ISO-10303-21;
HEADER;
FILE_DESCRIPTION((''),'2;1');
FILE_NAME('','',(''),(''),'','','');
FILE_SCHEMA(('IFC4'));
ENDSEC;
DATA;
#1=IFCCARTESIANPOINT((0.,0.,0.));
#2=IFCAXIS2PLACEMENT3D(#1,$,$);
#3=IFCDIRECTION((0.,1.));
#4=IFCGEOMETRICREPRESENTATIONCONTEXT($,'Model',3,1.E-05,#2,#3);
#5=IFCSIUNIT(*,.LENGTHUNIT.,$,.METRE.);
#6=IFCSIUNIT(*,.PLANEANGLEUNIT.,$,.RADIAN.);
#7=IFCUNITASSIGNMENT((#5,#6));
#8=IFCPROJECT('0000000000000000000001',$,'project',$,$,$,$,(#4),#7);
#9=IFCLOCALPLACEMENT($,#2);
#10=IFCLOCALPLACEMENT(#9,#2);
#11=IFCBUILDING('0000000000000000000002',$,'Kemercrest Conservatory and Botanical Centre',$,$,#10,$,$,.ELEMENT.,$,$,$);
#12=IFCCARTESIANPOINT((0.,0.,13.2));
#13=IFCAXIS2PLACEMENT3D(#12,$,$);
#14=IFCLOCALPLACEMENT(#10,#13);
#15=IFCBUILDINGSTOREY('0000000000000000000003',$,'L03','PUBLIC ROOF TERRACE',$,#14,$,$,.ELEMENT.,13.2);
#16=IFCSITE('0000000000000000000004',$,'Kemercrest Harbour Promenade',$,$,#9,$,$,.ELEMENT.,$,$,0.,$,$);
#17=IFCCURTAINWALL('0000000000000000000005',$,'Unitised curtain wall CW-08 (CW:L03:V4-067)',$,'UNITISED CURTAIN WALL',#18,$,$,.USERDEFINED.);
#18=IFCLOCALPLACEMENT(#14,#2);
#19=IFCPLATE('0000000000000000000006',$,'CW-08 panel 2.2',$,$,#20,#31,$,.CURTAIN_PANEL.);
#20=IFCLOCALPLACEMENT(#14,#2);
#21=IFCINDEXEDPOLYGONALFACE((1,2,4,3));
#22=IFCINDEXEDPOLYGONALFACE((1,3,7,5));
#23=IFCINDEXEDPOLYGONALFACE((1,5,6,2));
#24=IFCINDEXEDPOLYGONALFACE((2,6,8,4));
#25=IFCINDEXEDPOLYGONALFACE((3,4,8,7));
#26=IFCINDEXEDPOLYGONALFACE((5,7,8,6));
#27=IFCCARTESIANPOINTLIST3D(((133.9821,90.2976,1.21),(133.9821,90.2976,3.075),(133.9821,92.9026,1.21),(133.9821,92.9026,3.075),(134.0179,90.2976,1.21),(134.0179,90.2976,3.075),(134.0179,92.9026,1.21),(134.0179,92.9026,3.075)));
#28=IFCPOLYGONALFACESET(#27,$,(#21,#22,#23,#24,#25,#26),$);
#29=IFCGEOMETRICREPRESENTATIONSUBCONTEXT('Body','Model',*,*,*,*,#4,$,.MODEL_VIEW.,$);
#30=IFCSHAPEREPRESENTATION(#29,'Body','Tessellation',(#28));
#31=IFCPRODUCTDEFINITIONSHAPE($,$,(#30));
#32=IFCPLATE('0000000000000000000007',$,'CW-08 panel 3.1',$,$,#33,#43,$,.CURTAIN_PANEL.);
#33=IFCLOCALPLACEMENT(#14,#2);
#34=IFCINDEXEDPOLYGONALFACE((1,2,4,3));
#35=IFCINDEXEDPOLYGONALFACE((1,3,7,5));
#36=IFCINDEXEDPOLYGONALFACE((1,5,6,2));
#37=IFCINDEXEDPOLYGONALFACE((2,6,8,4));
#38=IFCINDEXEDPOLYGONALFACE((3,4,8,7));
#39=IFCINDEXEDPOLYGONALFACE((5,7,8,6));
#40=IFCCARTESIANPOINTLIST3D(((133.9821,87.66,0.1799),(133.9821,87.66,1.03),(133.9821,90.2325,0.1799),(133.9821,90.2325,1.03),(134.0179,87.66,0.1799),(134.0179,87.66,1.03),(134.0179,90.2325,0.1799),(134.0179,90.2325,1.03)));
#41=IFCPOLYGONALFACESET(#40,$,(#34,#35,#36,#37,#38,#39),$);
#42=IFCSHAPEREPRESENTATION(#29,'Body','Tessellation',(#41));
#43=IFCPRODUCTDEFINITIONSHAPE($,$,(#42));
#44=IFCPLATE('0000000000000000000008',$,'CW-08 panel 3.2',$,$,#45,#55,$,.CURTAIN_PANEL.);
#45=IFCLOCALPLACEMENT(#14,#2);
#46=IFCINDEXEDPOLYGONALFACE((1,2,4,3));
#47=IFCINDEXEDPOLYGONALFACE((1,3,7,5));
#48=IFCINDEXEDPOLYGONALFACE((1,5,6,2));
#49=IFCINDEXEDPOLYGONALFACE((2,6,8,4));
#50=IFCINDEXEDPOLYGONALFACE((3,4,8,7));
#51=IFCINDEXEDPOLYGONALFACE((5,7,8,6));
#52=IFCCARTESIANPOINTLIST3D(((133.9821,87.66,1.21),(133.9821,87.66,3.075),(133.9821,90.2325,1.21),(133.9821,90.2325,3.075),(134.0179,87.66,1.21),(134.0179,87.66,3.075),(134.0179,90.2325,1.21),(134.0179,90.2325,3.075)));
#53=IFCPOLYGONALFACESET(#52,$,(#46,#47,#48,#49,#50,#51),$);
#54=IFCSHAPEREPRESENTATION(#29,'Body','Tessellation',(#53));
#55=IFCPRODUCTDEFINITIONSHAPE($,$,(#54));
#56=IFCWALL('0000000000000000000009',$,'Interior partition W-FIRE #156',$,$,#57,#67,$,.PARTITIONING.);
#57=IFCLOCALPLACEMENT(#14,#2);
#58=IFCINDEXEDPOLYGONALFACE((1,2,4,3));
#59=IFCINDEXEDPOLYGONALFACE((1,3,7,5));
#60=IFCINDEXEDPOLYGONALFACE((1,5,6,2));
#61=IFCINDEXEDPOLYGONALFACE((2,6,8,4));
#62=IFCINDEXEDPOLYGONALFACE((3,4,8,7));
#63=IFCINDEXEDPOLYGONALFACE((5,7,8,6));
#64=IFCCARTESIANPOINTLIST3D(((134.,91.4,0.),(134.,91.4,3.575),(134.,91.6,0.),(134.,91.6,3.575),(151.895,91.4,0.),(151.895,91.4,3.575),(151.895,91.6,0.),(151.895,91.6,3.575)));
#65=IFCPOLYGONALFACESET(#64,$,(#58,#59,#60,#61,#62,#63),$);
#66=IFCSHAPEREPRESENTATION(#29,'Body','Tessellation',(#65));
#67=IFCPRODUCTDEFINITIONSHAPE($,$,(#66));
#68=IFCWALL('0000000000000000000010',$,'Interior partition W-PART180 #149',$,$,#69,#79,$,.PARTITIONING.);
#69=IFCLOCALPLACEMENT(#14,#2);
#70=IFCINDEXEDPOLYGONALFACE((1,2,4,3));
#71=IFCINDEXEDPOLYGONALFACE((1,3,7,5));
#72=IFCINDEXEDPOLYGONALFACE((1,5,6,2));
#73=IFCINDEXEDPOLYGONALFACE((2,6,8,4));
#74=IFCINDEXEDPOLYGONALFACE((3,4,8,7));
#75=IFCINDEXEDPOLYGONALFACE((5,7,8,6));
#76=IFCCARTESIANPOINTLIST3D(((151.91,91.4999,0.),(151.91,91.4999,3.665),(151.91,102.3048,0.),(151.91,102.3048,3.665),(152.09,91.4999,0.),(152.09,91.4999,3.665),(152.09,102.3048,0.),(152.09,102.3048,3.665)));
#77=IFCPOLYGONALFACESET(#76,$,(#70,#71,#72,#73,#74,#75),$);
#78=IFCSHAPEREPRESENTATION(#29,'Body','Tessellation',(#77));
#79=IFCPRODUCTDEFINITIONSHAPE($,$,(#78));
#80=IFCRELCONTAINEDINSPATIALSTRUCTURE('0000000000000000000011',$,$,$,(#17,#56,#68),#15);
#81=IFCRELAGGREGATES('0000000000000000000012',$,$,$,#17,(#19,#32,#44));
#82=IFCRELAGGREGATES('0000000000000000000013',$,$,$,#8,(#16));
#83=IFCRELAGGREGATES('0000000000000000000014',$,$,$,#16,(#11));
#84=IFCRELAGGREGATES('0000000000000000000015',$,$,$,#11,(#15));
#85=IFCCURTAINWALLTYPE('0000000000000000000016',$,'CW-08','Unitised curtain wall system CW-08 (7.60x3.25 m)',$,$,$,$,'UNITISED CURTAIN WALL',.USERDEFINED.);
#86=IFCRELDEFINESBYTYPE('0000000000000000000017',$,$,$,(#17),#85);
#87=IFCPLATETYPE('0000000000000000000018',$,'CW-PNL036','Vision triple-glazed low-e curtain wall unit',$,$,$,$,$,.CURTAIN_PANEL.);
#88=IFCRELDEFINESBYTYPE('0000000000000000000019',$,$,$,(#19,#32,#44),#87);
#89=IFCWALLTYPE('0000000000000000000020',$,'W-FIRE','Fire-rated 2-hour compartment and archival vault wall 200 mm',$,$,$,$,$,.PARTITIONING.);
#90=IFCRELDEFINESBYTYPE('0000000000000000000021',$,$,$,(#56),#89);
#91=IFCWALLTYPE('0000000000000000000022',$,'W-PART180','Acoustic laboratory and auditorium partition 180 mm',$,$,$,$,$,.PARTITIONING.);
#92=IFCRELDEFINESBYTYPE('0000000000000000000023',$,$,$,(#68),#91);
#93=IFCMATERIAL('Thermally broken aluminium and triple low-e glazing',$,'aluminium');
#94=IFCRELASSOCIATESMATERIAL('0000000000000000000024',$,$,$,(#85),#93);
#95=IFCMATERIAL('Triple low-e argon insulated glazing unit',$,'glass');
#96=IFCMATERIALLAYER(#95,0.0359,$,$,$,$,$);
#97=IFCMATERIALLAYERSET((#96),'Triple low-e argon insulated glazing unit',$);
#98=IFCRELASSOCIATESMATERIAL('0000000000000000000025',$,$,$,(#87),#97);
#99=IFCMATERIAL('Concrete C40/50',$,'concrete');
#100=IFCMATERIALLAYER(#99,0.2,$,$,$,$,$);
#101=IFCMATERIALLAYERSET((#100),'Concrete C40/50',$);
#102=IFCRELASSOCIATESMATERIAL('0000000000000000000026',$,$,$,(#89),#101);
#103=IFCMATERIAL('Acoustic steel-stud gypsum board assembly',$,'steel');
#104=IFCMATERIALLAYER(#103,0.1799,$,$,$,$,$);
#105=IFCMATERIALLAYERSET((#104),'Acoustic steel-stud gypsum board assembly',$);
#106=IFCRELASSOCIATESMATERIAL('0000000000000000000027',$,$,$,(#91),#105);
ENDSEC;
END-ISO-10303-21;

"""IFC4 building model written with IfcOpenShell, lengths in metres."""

from ifc_helpers import new_model, si_unit, direction, frame, frame_2d, origin, origin_2d, place, context, subcontext, project, spatial, rectangle, extrude, material, layer, layer_set, type_object, element, aggregate, save


model = new_model("IFC4")

# Units and contexts
model_context = context("Model", 3, precision=1e-05, world=origin(), true_north=direction((0.0, 1.0)))
body_context = subcontext(model_context, "Body", "Model", "MODEL_VIEW")
ifc_project = project(units=[si_unit("LENGTHUNIT", "METRE"), si_unit("PLANEANGLEUNIT", "RADIAN")], contexts=[model_context])

# Site, building, storey
site_placement = place(None, origin())
site = spatial("IfcSite", under=ifc_project, at=site_placement, Name="Kemercrest Harbour Promenade", CompositionType="ELEMENT", RefElevation=0.0)
building_placement = place(site_placement, origin())
building = spatial("IfcBuilding", under=site, at=building_placement, Name="Kemercrest Conservatory and Botanical Centre", CompositionType="ELEMENT")
storey_placement = place(building_placement, frame((0.0, 0.0, 13.2)))
storey = spatial("IfcBuildingStorey", under=building, at=storey_placement, Name="L03", Description="PUBLIC ROOF TERRACE", CompositionType="ELEMENT", Elevation=13.2)

# Shared definitions
ifc_material_1 = material(Name="Concrete C40/50", Category="concrete")

# Curtain wall
ifc_material_2 = material(Name="Thermally broken aluminium and triple low-e glazing", Category="aluminium")
curtain_wall_type = type_object("IfcCurtainWallType", Name="CW-08", Description="Unitised curtain wall system CW-08 (7.60x3.25 m)", ElementType="UNITISED CURTAIN WALL", PredefinedType="USERDEFINED", material=ifc_material_2)
curtain_wall_placement = place(storey_placement, origin())
curtain_wall = element("IfcCurtainWall", 1, at=curtain_wall_placement, inside=storey, type_object=curtain_wall_type, Name="Unitised curtain wall CW-08 (CW:L03:V4-067)", ObjectType="UNITISED CURTAIN WALL", PredefinedType="USERDEFINED")

# Plates
ifc_material_3 = material(Name="Triple low-e argon insulated glazing unit", Category="glass")
ifc_layer_1 = layer(ifc_material_3, 0.0359)
ifc_layer_set_1 = layer_set([ifc_layer_1], Name="Triple low-e argon insulated glazing unit")
plate_type = type_object("IfcPlateType", Name="CW-PNL036", Description="Vision triple-glazed low-e curtain wall unit", PredefinedType="CURTAIN_PANEL", material=ifc_layer_set_1)
plate_1_placement = place(storey_placement, frame((134.0, 91.6001, 1.21), z_axis=(0.0, 0.0, 1.0), x_axis=(0.0, -1.0, 0.0)))
plate_1 = element("IfcPlate", 2, at=plate_1_placement, type_object=plate_type, Name="CW-08 panel 2.2", PredefinedType="CURTAIN_PANEL", context=body_context, shape_type="SweptSolid", body=[
    extrude(rectangle(XDim=2.605, YDim=0.0359, at=origin_2d()), origin(), (0.0, 0.0, 1.0), 1.865),
])
plate_2_placement = place(storey_placement, frame((134.0, 88.9463, 0.1799), z_axis=(0.0, 0.0, 1.0), x_axis=(0.0, -1.0, 0.0)))
plate_2 = element("IfcPlate", 3, at=plate_2_placement, type_object=plate_type, Name="CW-08 panel 3.1", PredefinedType="CURTAIN_PANEL", context=body_context, shape_type="SweptSolid", body=[
    extrude(rectangle(XDim=2.5725, YDim=0.0359, at=origin_2d()), origin(), (0.0, 0.0, 1.0), 0.8501),
])
plate_3_placement = place(storey_placement, frame((134.0, 88.9463, 1.21), z_axis=(0.0, 0.0, 1.0), x_axis=(0.0, -1.0, 0.0)))
plate_3 = element("IfcPlate", 4, at=plate_3_placement, type_object=plate_type, Name="CW-08 panel 3.2", PredefinedType="CURTAIN_PANEL", context=body_context, shape_type="SweptSolid", body=[
    extrude(rectangle(XDim=2.5725, YDim=0.0359, at=origin_2d()), origin(), (0.0, 0.0, 1.0), 1.865),
])
aggregate(curtain_wall, [plate_1, plate_2, plate_3])

# Walls
ifc_layer_2 = layer(ifc_material_1, 0.2)
ifc_layer_set_2 = layer_set([ifc_layer_2], Name="Concrete C40/50")
wall_type_1 = type_object("IfcWallType", Name="W-FIRE", Description="Fire-rated 2-hour compartment and archival vault wall 200 mm", PredefinedType="PARTITIONING", material=ifc_layer_set_2)
wall_1_placement = place(storey_placement, frame((134.0, 91.5, 0.0), z_axis=(0.0, 0.0, 1.0), x_axis=(1.0, 0.0, 0.0)))
element("IfcWall", 5, at=wall_1_placement, inside=storey, type_object=wall_type_1, Name="Interior partition W-FIRE #156", PredefinedType="PARTITIONING", context=body_context, shape_type="SweptSolid", body=[
    extrude(rectangle(XDim=17.895, YDim=0.2, at=frame_2d((8.9475, 0.0))), origin(), (0.0, 0.0, 1.0), 3.575),
])
ifc_material_4 = material(Name="Acoustic steel-stud gypsum board assembly", Category="steel")
ifc_layer_3 = layer(ifc_material_4, 0.1799)
ifc_layer_set_3 = layer_set([ifc_layer_3], Name="Acoustic steel-stud gypsum board assembly")
wall_type_2 = type_object("IfcWallType", Name="W-PART180", Description="Acoustic laboratory and auditorium partition 180 mm", PredefinedType="PARTITIONING", material=ifc_layer_set_3)
wall_2_placement = place(storey_placement, frame((152.0, 91.5, 0.0), z_axis=(0.0, 0.0, 1.0), x_axis=(0.0, 1.0, 0.0)))
element("IfcWall", 6, at=wall_2_placement, inside=storey, type_object=wall_type_2, Name="Interior partition W-PART180 #149", PredefinedType="PARTITIONING", context=body_context, shape_type="SweptSolid", body=[
    extrude(rectangle(XDim=10.8049, YDim=0.1799, at=frame_2d((5.4023, 0.0))), origin(), (0.0, 0.0, 1.0), 3.665),
])

save(model, "model.ifc")
